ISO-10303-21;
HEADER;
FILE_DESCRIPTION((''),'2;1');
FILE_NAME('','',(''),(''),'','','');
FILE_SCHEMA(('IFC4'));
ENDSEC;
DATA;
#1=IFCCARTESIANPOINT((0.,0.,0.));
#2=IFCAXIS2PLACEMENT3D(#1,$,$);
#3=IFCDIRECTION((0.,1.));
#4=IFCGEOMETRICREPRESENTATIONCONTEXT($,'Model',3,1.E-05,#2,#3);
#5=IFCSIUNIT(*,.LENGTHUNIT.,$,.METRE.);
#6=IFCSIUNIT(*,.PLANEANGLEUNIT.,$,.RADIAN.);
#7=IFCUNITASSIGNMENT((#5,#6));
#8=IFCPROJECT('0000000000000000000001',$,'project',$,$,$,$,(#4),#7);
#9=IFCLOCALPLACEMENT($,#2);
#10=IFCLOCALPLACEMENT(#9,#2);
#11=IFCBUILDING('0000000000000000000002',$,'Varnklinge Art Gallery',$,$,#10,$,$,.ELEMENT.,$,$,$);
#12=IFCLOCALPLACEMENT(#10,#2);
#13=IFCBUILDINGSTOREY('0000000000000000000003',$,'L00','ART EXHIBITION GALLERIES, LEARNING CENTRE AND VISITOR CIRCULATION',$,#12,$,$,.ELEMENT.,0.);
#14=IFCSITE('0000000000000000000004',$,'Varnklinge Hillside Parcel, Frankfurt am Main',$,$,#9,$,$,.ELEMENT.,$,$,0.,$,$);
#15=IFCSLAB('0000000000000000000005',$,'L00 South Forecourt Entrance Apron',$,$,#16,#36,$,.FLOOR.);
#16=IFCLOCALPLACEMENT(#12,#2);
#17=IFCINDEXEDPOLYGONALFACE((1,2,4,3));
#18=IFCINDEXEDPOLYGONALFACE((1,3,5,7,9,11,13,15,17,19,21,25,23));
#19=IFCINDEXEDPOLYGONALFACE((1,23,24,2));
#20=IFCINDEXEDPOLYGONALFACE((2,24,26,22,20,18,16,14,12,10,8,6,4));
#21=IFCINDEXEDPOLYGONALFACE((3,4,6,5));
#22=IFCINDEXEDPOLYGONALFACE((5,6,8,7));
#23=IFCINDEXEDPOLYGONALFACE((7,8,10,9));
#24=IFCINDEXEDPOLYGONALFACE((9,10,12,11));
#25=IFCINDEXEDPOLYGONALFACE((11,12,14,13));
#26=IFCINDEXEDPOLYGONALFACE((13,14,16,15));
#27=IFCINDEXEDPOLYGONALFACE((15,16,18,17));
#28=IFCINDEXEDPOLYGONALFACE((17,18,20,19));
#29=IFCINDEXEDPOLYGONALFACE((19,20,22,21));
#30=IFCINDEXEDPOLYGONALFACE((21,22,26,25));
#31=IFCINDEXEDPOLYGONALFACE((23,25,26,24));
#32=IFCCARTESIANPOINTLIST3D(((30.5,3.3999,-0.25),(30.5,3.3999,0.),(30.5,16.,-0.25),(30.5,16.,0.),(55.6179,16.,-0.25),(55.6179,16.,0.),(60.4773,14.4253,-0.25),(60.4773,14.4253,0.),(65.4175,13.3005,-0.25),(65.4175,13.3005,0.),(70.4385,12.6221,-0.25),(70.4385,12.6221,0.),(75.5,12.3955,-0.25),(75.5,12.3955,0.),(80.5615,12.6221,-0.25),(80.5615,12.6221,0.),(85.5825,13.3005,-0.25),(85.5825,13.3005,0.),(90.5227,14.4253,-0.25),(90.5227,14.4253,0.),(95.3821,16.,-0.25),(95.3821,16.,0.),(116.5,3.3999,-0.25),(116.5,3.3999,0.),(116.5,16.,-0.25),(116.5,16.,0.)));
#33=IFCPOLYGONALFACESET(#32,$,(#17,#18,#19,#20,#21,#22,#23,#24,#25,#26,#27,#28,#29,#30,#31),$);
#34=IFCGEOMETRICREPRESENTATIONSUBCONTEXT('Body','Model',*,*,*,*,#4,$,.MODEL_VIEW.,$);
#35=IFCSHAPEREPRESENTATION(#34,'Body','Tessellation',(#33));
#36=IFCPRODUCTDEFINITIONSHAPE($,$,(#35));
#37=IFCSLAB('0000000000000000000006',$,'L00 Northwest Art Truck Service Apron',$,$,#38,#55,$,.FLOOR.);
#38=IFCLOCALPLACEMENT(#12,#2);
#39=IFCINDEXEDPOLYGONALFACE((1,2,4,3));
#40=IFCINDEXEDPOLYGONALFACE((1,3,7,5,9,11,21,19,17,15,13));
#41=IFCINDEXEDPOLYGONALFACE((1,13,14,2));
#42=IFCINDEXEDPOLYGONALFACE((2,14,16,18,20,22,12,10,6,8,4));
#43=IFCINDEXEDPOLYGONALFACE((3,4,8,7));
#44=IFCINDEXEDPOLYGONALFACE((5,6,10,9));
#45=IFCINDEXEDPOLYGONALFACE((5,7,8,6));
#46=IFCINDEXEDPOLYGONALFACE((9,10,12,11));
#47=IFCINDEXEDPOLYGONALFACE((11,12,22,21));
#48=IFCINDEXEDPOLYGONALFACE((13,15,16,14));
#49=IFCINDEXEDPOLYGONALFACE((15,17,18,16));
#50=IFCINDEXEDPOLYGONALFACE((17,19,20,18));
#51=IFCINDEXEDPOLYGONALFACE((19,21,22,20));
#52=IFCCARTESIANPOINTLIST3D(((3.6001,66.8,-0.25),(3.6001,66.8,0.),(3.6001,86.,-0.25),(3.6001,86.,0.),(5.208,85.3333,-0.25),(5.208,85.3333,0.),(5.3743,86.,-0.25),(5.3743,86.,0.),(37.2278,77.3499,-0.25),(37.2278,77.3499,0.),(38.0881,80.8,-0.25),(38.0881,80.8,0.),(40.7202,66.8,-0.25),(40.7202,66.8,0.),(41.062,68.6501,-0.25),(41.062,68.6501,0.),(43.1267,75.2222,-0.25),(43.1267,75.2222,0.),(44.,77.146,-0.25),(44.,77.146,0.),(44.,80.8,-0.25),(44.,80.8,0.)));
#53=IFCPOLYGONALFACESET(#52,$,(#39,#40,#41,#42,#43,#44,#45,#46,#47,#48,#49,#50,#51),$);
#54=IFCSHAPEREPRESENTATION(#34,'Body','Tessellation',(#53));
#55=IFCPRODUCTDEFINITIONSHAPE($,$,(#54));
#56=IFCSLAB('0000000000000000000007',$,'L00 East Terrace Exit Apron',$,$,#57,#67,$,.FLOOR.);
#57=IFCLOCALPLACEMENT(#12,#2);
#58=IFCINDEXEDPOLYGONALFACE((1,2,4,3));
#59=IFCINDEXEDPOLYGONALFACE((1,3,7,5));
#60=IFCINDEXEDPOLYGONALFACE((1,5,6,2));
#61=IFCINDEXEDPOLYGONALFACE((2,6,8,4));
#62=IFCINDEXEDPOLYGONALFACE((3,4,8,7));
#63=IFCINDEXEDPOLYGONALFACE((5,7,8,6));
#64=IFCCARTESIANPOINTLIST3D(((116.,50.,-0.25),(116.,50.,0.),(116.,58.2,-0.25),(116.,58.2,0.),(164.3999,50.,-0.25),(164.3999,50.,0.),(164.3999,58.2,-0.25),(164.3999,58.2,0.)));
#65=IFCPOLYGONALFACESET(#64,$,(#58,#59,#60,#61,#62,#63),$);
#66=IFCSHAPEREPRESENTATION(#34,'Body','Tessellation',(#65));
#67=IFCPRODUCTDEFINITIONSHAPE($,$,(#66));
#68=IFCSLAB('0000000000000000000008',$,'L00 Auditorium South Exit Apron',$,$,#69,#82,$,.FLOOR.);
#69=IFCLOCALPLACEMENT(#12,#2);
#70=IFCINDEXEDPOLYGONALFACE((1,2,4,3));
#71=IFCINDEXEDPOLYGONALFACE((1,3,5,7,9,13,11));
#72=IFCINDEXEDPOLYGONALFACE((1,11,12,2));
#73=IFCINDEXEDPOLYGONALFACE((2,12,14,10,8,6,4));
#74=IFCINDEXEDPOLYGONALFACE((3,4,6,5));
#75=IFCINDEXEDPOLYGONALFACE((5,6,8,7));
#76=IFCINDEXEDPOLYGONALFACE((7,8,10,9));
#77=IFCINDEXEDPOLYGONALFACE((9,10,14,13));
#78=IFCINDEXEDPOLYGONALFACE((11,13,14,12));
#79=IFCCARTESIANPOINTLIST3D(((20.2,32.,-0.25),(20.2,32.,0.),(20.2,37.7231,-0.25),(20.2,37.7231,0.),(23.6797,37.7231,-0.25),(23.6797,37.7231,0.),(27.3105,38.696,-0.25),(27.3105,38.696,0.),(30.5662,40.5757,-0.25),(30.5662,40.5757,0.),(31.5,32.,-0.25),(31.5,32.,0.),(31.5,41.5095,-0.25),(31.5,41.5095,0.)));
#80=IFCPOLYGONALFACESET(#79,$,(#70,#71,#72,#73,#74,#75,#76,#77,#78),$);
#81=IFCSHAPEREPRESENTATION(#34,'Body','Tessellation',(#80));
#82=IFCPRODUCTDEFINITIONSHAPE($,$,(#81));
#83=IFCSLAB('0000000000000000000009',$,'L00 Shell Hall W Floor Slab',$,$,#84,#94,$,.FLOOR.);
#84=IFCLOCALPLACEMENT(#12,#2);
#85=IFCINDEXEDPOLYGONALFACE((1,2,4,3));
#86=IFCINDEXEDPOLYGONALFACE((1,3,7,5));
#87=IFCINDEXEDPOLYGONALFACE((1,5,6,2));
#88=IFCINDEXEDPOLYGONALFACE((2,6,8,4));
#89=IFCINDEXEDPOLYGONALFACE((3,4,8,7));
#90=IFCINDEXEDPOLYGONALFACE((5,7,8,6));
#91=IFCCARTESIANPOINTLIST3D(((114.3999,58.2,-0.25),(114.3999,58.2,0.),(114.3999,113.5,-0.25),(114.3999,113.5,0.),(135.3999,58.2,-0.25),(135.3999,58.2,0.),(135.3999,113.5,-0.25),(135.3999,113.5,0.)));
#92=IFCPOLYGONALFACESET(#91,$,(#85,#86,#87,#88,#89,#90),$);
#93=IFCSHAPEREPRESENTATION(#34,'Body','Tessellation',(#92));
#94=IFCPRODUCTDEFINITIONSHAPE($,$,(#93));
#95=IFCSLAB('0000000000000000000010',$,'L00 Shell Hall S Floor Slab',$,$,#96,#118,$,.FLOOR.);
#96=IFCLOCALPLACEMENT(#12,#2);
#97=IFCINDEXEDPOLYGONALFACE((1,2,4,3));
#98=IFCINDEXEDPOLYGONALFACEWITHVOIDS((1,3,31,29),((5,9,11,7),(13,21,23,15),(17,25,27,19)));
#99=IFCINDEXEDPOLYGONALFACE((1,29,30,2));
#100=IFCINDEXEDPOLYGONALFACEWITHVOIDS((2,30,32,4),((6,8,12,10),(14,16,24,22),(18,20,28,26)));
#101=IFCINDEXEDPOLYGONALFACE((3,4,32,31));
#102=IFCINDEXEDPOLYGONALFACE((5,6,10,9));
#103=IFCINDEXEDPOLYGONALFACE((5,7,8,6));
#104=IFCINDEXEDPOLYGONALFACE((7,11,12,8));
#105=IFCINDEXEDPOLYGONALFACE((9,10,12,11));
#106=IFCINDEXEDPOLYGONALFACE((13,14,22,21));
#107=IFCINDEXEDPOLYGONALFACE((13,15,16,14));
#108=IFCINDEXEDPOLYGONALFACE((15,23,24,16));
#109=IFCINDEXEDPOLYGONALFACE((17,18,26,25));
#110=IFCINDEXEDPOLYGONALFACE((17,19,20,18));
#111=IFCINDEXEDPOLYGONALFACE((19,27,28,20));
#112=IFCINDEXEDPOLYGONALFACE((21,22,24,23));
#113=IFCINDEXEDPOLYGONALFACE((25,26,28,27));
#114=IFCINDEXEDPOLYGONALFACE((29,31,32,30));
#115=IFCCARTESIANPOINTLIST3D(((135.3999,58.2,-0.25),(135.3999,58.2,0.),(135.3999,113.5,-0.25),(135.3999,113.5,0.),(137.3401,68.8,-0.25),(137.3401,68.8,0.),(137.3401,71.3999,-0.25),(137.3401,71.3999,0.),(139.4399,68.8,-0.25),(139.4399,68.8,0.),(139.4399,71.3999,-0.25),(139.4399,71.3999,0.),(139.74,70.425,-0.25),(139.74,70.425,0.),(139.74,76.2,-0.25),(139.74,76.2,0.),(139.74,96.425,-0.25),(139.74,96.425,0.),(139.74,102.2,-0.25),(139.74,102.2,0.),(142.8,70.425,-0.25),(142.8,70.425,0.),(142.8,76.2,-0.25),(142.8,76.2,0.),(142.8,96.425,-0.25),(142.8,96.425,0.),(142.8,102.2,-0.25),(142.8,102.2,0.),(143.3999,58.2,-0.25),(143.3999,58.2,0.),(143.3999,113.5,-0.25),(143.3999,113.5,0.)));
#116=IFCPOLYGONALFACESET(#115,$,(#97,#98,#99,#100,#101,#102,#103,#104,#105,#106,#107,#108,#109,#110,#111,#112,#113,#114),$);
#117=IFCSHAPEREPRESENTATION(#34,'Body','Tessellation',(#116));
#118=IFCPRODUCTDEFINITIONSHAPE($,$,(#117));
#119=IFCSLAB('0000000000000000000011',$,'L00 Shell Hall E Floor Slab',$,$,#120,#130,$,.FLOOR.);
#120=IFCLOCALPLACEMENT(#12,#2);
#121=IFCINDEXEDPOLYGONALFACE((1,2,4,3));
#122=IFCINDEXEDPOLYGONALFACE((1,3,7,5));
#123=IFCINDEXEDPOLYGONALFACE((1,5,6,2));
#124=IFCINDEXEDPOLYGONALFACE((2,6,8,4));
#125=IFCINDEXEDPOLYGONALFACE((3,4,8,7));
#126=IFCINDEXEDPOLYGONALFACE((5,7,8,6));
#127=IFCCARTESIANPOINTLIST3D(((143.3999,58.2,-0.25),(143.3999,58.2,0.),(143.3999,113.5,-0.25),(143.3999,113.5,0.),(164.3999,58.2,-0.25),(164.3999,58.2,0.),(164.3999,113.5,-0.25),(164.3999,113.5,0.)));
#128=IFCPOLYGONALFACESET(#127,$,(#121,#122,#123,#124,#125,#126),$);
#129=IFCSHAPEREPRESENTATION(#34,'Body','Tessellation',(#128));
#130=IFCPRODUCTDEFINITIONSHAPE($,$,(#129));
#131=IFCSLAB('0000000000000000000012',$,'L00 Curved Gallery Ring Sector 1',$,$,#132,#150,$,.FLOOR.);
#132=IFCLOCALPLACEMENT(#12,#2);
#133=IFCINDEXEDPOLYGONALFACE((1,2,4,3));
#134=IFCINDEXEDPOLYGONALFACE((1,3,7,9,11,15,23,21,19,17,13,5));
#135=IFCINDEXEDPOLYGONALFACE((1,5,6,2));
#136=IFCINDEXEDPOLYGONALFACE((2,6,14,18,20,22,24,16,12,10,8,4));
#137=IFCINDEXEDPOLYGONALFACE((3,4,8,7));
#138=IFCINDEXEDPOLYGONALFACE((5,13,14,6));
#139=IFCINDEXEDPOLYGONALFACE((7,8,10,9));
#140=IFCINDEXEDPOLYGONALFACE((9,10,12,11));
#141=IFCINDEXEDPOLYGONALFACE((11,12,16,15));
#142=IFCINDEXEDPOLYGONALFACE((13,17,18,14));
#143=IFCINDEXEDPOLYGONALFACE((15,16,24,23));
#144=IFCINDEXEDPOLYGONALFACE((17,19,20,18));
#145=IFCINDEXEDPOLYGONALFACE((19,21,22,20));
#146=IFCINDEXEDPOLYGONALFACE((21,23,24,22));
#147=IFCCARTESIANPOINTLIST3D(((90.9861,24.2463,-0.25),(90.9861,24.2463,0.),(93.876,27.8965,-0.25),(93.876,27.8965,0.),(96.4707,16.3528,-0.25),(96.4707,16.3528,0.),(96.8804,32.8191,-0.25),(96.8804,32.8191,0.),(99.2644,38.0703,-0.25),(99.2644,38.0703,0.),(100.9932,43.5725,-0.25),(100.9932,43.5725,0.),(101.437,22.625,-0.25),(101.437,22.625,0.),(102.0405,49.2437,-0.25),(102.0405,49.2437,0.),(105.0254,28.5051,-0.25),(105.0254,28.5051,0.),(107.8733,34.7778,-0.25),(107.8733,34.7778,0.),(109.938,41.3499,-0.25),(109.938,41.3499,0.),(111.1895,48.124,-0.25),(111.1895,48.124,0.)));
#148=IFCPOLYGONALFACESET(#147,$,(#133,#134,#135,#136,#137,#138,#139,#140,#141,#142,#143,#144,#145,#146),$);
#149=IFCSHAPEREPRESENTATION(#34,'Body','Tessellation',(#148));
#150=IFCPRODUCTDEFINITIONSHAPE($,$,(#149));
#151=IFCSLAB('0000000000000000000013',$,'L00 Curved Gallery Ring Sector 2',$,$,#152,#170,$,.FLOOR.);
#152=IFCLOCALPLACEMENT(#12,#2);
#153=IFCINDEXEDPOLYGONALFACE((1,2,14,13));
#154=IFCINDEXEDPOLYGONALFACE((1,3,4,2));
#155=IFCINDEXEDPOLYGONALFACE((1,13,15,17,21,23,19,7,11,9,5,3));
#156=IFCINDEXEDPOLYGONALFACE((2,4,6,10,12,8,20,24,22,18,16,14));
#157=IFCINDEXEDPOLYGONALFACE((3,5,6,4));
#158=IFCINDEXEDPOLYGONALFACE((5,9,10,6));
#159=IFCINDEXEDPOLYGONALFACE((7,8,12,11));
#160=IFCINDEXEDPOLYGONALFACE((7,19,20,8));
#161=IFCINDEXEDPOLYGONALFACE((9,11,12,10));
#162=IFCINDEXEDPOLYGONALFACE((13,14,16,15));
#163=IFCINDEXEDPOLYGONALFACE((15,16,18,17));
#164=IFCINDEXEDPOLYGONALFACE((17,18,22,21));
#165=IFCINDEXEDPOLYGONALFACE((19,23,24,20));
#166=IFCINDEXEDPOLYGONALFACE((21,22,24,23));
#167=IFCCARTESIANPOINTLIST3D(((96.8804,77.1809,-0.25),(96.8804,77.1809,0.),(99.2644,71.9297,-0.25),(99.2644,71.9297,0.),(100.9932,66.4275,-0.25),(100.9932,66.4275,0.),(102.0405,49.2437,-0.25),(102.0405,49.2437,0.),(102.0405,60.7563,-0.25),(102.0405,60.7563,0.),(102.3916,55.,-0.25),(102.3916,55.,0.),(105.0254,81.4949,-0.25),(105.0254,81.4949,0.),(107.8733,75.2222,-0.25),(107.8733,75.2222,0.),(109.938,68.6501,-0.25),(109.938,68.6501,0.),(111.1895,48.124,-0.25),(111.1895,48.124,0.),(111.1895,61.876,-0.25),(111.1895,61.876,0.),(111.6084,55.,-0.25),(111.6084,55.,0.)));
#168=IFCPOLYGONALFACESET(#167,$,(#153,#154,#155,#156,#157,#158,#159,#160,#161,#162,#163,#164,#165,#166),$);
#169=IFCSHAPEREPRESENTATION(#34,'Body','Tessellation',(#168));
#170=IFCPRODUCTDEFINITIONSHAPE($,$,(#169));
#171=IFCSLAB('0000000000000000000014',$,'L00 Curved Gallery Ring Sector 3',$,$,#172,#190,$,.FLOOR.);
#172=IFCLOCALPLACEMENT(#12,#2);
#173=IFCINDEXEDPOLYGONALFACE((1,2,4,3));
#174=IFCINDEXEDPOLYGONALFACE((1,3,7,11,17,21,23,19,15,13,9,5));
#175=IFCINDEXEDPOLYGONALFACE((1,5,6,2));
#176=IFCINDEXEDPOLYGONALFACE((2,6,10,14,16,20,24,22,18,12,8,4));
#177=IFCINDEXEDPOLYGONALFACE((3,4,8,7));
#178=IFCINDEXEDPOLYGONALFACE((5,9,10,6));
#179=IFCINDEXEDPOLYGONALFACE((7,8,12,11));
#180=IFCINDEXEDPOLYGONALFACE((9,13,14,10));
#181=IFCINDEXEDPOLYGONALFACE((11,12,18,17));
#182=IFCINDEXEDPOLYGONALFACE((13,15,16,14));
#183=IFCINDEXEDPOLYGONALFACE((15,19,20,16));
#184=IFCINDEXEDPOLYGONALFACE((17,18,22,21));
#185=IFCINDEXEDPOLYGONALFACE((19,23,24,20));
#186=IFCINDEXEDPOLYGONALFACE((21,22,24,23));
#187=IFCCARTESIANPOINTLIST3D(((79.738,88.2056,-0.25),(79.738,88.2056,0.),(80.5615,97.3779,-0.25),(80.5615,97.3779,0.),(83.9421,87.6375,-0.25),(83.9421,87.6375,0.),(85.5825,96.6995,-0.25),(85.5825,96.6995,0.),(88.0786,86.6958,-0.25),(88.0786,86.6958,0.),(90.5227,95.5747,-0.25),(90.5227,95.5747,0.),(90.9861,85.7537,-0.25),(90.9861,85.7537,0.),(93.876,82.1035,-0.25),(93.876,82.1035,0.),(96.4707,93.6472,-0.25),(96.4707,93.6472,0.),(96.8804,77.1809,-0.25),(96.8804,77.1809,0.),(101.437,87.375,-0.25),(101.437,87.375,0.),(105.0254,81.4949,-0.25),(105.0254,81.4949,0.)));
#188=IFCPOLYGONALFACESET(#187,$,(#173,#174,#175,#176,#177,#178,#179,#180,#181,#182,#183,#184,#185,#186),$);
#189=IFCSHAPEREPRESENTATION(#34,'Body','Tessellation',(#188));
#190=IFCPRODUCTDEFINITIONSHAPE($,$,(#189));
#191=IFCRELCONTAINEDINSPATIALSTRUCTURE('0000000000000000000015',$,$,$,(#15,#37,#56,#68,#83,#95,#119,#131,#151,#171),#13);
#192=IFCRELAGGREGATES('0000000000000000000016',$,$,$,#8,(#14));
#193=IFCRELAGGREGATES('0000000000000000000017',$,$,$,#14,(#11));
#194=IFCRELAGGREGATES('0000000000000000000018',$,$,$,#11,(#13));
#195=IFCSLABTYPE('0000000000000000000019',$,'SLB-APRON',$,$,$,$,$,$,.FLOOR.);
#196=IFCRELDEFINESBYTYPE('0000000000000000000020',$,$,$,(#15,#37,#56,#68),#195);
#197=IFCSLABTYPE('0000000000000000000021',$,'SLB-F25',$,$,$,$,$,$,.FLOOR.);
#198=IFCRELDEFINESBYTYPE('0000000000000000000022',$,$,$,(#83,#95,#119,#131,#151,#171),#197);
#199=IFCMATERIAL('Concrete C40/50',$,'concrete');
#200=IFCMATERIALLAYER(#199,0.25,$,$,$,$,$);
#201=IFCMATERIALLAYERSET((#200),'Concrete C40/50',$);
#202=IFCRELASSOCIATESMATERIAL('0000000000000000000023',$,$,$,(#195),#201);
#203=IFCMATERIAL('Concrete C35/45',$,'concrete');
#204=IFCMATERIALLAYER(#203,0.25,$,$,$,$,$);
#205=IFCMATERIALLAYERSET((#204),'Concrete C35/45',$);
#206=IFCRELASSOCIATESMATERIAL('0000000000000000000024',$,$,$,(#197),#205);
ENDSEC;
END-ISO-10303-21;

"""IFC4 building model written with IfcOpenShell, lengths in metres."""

from ifc_helpers import new_model, si_unit, direction, frame, origin, place, context, subcontext, project, spatial, polyline, outline, extrude, material, layer, layer_set, type_object, element, save


model = new_model("IFC4")

# Units and contexts
model_context = context("Model", 3, precision=1e-05, world=origin(), true_north=direction((0.0, 1.0)))
body_context = subcontext(model_context, "Body", "Model", "MODEL_VIEW")
ifc_project = project(units=[si_unit("LENGTHUNIT", "METRE"), si_unit("PLANEANGLEUNIT", "RADIAN")], contexts=[model_context])

# Site, building, storey
site_placement = place(None, origin())
site = spatial("IfcSite", under=ifc_project, at=site_placement, Name="Varnklinge Hillside Parcel, Frankfurt am Main", CompositionType="ELEMENT", RefElevation=0.0)
building_placement = place(site_placement, origin())
building = spatial("IfcBuilding", under=site, at=building_placement, Name="Varnklinge Art Gallery", CompositionType="ELEMENT")
storey_placement = place(building_placement, origin())
storey = spatial("IfcBuildingStorey", under=building, at=storey_placement, Name="L00", Description="ART EXHIBITION GALLERIES, LEARNING CENTRE AND VISITOR CIRCULATION", CompositionType="ELEMENT", Elevation=0.0)

# Slabs
ifc_material_1 = material(Name="Concrete C40/50", Category="concrete")
ifc_layer_1 = layer(ifc_material_1, 0.25)
ifc_layer_set_1 = layer_set([ifc_layer_1], Name="Concrete C40/50")
slab_type_1 = type_object("IfcSlabType", Name="SLB-APRON", PredefinedType="FLOOR", material=ifc_layer_set_1)
slab_1_placement = place(storey_placement, frame((0.0, 0.0, -0.25)))
element("IfcSlab", 1, at=slab_1_placement, inside=storey, type_object=slab_type_1, Name="L00 South Forecourt Entrance Apron", PredefinedType="FLOOR", context=body_context, shape_type="SweptSolid", body=[
    extrude(outline(polyline([(55.6179, 16.0), (30.5, 16.0), (30.5, 3.3999), (116.5, 3.3999), (116.5, 16.0), (95.3821, 16.0), (90.5227, 14.4253), (85.5825, 13.3005), (80.5615, 12.6221), (75.5, 12.3955), (70.4385, 12.6221), (65.4175, 13.3005), (60.4773, 14.4253), (55.6179, 16.0)])), origin(), (0.0, 0.0, 1.0), 0.25),
])
slab_2_placement = place(storey_placement, frame((0.0, 0.0, -0.25)))
element("IfcSlab", 2, at=slab_2_placement, inside=storey, type_object=slab_type_1, Name="L00 Northwest Art Truck Service Apron", PredefinedType="FLOOR", context=body_context, shape_type="SweptSolid", body=[
    extrude(outline(polyline([(41.062, 68.6501), (43.1267, 75.2222), (44.0, 77.146), (44.0, 80.8), (38.0879, 80.8), (38.5142, 82.5088), (37.2278, 77.3499), (5.208, 85.3333), (5.3743, 86.0), (3.6001, 86.0), (3.6001, 66.8), (40.7202, 66.8), (41.062, 68.6501)])), origin(), (0.0, 0.0, 1.0), 0.25),
])
slab_3_placement = place(storey_placement, frame((0.0, 0.0, -0.25)))
element("IfcSlab", 3, at=slab_3_placement, inside=storey, type_object=slab_type_1, Name="L00 East Terrace Exit Apron", PredefinedType="FLOOR", context=body_context, shape_type="SweptSolid", body=[
    extrude(outline(polyline([(116.0, 50.0), (164.3999, 50.0), (164.3999, 58.2), (116.0, 58.2), (116.0, 50.0)])), origin(), (0.0, 0.0, 1.0), 0.25),
])
slab_4_placement = place(storey_placement, frame((0.0, 0.0, -0.25)))
element("IfcSlab", 4, at=slab_4_placement, inside=storey, type_object=slab_type_1, Name="L00 Auditorium South Exit Apron", PredefinedType="FLOOR", context=body_context, shape_type="SweptSolid", body=[
    extrude(outline(polyline([(30.5662, 40.5757), (27.3105, 38.696), (23.6797, 37.7231), (20.2, 37.7231), (20.2, 32.0), (31.5, 32.0), (31.5, 41.5095), (30.5662, 40.5757)])), origin(), (0.0, 0.0, 1.0), 0.25),
])
ifc_material_2 = material(Name="Concrete C35/45", Category="concrete")
ifc_layer_2 = layer(ifc_material_2, 0.25)
ifc_layer_set_2 = layer_set([ifc_layer_2], Name="Concrete C35/45")
slab_type_2 = type_object("IfcSlabType", Name="SLB-F25", PredefinedType="FLOOR", material=ifc_layer_set_2)
slab_5_placement = place(storey_placement, frame((0.0, 0.0, -0.25)))
element("IfcSlab", 5, at=slab_5_placement, inside=storey, type_object=slab_type_2, Name="L00 Shell Hall W Floor Slab", PredefinedType="FLOOR", context=body_context, shape_type="SweptSolid", body=[
    extrude(outline(polyline([(135.3999, 58.2), (135.3999, 113.5), (114.3999, 113.5), (114.3999, 58.2), (135.3999, 58.2)])), origin(), (0.0, 0.0, 1.0), 0.25),
])
slab_6_placement = place(storey_placement, frame((0.0, 0.0, -0.25)))
element("IfcSlab", 6, at=slab_6_placement, inside=storey, type_object=slab_type_2, Name="L00 Shell Hall S Floor Slab", PredefinedType="FLOOR", context=body_context, shape_type="SweptSolid", body=[
    extrude(outline(polyline([(143.3999, 113.5), (135.3999, 113.5), (135.3999, 58.2), (143.3999, 58.2), (143.3999, 113.5)]), holes=[polyline([(139.4399, 68.8), (137.3401, 68.8), (137.3401, 71.3999), (139.4399, 71.3999), (139.4399, 68.8)]), polyline([(139.74, 76.2), (142.8, 76.2), (142.8, 70.425), (139.74, 70.425), (139.74, 76.2)]), polyline([(142.8, 102.2), (142.8, 96.425), (139.74, 96.425), (139.74, 102.2), (142.8, 102.2)])]), origin(), (0.0, 0.0, 1.0), 0.25),
])
slab_7_placement = place(storey_placement, frame((0.0, 0.0, -0.25)))
element("IfcSlab", 7, at=slab_7_placement, inside=storey, type_object=slab_type_2, Name="L00 Shell Hall E Floor Slab", PredefinedType="FLOOR", context=body_context, shape_type="SweptSolid", body=[
    extrude(outline(polyline([(164.3999, 58.2), (164.3999, 113.5), (143.3999, 113.5), (143.3999, 58.2), (164.3999, 58.2)])), origin(), (0.0, 0.0, 1.0), 0.25),
])
slab_8_placement = place(storey_placement, frame((0.0, 0.0, -0.25)))
element("IfcSlab", 8, at=slab_8_placement, inside=storey, type_object=slab_type_2, Name="L00 Curved Gallery Ring Sector 1", PredefinedType="FLOOR", context=body_context, shape_type="SweptSolid", body=[
    extrude(outline(polyline([(101.437, 22.625), (105.0254, 28.5051), (107.8733, 34.7778), (109.938, 41.3499), (111.1895, 48.124), (102.0405, 49.2437), (100.9932, 43.5725), (99.2644, 38.0703), (96.8804, 32.8191), (93.876, 27.8965), (90.9861, 24.2463), (96.4707, 16.3528), (101.437, 22.625)])), origin(), (0.0, 0.0, 1.0), 0.25),
])
slab_9_placement = place(storey_placement, frame((0.0, 0.0, -0.25)))
element("IfcSlab", 9, at=slab_9_placement, inside=storey, type_object=slab_type_2, Name="L00 Curved Gallery Ring Sector 2", PredefinedType="FLOOR", context=body_context, shape_type="SweptSolid", body=[
    extrude(outline(polyline([(111.6084, 55.0), (111.1895, 61.876), (109.938, 68.6501), (107.8733, 75.2222), (105.0254, 81.4949), (96.8804, 77.1809), (99.2644, 71.9297), (100.9932, 66.4275), (102.0405, 60.7563), (102.3916, 55.0), (102.0405, 49.2437), (111.1895, 48.124), (111.6084, 55.0)])), origin(), (0.0, 0.0, 1.0), 0.25),
])
slab_10_placement = place(storey_placement, frame((0.0, 0.0, -0.25)))
element("IfcSlab", 10, at=slab_10_placement, inside=storey, type_object=slab_type_2, Name="L00 Curved Gallery Ring Sector 3", PredefinedType="FLOOR", context=body_context, shape_type="SweptSolid", body=[
    extrude(outline(polyline([(101.437, 87.375), (96.4707, 93.6472), (90.5227, 95.5747), (85.5825, 96.6995), (80.5615, 97.3779), (79.738, 88.2056), (83.9421, 87.6375), (88.0786, 86.6958), (90.9861, 85.7537), (93.876, 82.1035), (96.8804, 77.1809), (105.0254, 81.4949), (101.437, 87.375)])), origin(), (0.0, 0.0, 1.0), 0.25),
])

save(model, "model.ifc")
